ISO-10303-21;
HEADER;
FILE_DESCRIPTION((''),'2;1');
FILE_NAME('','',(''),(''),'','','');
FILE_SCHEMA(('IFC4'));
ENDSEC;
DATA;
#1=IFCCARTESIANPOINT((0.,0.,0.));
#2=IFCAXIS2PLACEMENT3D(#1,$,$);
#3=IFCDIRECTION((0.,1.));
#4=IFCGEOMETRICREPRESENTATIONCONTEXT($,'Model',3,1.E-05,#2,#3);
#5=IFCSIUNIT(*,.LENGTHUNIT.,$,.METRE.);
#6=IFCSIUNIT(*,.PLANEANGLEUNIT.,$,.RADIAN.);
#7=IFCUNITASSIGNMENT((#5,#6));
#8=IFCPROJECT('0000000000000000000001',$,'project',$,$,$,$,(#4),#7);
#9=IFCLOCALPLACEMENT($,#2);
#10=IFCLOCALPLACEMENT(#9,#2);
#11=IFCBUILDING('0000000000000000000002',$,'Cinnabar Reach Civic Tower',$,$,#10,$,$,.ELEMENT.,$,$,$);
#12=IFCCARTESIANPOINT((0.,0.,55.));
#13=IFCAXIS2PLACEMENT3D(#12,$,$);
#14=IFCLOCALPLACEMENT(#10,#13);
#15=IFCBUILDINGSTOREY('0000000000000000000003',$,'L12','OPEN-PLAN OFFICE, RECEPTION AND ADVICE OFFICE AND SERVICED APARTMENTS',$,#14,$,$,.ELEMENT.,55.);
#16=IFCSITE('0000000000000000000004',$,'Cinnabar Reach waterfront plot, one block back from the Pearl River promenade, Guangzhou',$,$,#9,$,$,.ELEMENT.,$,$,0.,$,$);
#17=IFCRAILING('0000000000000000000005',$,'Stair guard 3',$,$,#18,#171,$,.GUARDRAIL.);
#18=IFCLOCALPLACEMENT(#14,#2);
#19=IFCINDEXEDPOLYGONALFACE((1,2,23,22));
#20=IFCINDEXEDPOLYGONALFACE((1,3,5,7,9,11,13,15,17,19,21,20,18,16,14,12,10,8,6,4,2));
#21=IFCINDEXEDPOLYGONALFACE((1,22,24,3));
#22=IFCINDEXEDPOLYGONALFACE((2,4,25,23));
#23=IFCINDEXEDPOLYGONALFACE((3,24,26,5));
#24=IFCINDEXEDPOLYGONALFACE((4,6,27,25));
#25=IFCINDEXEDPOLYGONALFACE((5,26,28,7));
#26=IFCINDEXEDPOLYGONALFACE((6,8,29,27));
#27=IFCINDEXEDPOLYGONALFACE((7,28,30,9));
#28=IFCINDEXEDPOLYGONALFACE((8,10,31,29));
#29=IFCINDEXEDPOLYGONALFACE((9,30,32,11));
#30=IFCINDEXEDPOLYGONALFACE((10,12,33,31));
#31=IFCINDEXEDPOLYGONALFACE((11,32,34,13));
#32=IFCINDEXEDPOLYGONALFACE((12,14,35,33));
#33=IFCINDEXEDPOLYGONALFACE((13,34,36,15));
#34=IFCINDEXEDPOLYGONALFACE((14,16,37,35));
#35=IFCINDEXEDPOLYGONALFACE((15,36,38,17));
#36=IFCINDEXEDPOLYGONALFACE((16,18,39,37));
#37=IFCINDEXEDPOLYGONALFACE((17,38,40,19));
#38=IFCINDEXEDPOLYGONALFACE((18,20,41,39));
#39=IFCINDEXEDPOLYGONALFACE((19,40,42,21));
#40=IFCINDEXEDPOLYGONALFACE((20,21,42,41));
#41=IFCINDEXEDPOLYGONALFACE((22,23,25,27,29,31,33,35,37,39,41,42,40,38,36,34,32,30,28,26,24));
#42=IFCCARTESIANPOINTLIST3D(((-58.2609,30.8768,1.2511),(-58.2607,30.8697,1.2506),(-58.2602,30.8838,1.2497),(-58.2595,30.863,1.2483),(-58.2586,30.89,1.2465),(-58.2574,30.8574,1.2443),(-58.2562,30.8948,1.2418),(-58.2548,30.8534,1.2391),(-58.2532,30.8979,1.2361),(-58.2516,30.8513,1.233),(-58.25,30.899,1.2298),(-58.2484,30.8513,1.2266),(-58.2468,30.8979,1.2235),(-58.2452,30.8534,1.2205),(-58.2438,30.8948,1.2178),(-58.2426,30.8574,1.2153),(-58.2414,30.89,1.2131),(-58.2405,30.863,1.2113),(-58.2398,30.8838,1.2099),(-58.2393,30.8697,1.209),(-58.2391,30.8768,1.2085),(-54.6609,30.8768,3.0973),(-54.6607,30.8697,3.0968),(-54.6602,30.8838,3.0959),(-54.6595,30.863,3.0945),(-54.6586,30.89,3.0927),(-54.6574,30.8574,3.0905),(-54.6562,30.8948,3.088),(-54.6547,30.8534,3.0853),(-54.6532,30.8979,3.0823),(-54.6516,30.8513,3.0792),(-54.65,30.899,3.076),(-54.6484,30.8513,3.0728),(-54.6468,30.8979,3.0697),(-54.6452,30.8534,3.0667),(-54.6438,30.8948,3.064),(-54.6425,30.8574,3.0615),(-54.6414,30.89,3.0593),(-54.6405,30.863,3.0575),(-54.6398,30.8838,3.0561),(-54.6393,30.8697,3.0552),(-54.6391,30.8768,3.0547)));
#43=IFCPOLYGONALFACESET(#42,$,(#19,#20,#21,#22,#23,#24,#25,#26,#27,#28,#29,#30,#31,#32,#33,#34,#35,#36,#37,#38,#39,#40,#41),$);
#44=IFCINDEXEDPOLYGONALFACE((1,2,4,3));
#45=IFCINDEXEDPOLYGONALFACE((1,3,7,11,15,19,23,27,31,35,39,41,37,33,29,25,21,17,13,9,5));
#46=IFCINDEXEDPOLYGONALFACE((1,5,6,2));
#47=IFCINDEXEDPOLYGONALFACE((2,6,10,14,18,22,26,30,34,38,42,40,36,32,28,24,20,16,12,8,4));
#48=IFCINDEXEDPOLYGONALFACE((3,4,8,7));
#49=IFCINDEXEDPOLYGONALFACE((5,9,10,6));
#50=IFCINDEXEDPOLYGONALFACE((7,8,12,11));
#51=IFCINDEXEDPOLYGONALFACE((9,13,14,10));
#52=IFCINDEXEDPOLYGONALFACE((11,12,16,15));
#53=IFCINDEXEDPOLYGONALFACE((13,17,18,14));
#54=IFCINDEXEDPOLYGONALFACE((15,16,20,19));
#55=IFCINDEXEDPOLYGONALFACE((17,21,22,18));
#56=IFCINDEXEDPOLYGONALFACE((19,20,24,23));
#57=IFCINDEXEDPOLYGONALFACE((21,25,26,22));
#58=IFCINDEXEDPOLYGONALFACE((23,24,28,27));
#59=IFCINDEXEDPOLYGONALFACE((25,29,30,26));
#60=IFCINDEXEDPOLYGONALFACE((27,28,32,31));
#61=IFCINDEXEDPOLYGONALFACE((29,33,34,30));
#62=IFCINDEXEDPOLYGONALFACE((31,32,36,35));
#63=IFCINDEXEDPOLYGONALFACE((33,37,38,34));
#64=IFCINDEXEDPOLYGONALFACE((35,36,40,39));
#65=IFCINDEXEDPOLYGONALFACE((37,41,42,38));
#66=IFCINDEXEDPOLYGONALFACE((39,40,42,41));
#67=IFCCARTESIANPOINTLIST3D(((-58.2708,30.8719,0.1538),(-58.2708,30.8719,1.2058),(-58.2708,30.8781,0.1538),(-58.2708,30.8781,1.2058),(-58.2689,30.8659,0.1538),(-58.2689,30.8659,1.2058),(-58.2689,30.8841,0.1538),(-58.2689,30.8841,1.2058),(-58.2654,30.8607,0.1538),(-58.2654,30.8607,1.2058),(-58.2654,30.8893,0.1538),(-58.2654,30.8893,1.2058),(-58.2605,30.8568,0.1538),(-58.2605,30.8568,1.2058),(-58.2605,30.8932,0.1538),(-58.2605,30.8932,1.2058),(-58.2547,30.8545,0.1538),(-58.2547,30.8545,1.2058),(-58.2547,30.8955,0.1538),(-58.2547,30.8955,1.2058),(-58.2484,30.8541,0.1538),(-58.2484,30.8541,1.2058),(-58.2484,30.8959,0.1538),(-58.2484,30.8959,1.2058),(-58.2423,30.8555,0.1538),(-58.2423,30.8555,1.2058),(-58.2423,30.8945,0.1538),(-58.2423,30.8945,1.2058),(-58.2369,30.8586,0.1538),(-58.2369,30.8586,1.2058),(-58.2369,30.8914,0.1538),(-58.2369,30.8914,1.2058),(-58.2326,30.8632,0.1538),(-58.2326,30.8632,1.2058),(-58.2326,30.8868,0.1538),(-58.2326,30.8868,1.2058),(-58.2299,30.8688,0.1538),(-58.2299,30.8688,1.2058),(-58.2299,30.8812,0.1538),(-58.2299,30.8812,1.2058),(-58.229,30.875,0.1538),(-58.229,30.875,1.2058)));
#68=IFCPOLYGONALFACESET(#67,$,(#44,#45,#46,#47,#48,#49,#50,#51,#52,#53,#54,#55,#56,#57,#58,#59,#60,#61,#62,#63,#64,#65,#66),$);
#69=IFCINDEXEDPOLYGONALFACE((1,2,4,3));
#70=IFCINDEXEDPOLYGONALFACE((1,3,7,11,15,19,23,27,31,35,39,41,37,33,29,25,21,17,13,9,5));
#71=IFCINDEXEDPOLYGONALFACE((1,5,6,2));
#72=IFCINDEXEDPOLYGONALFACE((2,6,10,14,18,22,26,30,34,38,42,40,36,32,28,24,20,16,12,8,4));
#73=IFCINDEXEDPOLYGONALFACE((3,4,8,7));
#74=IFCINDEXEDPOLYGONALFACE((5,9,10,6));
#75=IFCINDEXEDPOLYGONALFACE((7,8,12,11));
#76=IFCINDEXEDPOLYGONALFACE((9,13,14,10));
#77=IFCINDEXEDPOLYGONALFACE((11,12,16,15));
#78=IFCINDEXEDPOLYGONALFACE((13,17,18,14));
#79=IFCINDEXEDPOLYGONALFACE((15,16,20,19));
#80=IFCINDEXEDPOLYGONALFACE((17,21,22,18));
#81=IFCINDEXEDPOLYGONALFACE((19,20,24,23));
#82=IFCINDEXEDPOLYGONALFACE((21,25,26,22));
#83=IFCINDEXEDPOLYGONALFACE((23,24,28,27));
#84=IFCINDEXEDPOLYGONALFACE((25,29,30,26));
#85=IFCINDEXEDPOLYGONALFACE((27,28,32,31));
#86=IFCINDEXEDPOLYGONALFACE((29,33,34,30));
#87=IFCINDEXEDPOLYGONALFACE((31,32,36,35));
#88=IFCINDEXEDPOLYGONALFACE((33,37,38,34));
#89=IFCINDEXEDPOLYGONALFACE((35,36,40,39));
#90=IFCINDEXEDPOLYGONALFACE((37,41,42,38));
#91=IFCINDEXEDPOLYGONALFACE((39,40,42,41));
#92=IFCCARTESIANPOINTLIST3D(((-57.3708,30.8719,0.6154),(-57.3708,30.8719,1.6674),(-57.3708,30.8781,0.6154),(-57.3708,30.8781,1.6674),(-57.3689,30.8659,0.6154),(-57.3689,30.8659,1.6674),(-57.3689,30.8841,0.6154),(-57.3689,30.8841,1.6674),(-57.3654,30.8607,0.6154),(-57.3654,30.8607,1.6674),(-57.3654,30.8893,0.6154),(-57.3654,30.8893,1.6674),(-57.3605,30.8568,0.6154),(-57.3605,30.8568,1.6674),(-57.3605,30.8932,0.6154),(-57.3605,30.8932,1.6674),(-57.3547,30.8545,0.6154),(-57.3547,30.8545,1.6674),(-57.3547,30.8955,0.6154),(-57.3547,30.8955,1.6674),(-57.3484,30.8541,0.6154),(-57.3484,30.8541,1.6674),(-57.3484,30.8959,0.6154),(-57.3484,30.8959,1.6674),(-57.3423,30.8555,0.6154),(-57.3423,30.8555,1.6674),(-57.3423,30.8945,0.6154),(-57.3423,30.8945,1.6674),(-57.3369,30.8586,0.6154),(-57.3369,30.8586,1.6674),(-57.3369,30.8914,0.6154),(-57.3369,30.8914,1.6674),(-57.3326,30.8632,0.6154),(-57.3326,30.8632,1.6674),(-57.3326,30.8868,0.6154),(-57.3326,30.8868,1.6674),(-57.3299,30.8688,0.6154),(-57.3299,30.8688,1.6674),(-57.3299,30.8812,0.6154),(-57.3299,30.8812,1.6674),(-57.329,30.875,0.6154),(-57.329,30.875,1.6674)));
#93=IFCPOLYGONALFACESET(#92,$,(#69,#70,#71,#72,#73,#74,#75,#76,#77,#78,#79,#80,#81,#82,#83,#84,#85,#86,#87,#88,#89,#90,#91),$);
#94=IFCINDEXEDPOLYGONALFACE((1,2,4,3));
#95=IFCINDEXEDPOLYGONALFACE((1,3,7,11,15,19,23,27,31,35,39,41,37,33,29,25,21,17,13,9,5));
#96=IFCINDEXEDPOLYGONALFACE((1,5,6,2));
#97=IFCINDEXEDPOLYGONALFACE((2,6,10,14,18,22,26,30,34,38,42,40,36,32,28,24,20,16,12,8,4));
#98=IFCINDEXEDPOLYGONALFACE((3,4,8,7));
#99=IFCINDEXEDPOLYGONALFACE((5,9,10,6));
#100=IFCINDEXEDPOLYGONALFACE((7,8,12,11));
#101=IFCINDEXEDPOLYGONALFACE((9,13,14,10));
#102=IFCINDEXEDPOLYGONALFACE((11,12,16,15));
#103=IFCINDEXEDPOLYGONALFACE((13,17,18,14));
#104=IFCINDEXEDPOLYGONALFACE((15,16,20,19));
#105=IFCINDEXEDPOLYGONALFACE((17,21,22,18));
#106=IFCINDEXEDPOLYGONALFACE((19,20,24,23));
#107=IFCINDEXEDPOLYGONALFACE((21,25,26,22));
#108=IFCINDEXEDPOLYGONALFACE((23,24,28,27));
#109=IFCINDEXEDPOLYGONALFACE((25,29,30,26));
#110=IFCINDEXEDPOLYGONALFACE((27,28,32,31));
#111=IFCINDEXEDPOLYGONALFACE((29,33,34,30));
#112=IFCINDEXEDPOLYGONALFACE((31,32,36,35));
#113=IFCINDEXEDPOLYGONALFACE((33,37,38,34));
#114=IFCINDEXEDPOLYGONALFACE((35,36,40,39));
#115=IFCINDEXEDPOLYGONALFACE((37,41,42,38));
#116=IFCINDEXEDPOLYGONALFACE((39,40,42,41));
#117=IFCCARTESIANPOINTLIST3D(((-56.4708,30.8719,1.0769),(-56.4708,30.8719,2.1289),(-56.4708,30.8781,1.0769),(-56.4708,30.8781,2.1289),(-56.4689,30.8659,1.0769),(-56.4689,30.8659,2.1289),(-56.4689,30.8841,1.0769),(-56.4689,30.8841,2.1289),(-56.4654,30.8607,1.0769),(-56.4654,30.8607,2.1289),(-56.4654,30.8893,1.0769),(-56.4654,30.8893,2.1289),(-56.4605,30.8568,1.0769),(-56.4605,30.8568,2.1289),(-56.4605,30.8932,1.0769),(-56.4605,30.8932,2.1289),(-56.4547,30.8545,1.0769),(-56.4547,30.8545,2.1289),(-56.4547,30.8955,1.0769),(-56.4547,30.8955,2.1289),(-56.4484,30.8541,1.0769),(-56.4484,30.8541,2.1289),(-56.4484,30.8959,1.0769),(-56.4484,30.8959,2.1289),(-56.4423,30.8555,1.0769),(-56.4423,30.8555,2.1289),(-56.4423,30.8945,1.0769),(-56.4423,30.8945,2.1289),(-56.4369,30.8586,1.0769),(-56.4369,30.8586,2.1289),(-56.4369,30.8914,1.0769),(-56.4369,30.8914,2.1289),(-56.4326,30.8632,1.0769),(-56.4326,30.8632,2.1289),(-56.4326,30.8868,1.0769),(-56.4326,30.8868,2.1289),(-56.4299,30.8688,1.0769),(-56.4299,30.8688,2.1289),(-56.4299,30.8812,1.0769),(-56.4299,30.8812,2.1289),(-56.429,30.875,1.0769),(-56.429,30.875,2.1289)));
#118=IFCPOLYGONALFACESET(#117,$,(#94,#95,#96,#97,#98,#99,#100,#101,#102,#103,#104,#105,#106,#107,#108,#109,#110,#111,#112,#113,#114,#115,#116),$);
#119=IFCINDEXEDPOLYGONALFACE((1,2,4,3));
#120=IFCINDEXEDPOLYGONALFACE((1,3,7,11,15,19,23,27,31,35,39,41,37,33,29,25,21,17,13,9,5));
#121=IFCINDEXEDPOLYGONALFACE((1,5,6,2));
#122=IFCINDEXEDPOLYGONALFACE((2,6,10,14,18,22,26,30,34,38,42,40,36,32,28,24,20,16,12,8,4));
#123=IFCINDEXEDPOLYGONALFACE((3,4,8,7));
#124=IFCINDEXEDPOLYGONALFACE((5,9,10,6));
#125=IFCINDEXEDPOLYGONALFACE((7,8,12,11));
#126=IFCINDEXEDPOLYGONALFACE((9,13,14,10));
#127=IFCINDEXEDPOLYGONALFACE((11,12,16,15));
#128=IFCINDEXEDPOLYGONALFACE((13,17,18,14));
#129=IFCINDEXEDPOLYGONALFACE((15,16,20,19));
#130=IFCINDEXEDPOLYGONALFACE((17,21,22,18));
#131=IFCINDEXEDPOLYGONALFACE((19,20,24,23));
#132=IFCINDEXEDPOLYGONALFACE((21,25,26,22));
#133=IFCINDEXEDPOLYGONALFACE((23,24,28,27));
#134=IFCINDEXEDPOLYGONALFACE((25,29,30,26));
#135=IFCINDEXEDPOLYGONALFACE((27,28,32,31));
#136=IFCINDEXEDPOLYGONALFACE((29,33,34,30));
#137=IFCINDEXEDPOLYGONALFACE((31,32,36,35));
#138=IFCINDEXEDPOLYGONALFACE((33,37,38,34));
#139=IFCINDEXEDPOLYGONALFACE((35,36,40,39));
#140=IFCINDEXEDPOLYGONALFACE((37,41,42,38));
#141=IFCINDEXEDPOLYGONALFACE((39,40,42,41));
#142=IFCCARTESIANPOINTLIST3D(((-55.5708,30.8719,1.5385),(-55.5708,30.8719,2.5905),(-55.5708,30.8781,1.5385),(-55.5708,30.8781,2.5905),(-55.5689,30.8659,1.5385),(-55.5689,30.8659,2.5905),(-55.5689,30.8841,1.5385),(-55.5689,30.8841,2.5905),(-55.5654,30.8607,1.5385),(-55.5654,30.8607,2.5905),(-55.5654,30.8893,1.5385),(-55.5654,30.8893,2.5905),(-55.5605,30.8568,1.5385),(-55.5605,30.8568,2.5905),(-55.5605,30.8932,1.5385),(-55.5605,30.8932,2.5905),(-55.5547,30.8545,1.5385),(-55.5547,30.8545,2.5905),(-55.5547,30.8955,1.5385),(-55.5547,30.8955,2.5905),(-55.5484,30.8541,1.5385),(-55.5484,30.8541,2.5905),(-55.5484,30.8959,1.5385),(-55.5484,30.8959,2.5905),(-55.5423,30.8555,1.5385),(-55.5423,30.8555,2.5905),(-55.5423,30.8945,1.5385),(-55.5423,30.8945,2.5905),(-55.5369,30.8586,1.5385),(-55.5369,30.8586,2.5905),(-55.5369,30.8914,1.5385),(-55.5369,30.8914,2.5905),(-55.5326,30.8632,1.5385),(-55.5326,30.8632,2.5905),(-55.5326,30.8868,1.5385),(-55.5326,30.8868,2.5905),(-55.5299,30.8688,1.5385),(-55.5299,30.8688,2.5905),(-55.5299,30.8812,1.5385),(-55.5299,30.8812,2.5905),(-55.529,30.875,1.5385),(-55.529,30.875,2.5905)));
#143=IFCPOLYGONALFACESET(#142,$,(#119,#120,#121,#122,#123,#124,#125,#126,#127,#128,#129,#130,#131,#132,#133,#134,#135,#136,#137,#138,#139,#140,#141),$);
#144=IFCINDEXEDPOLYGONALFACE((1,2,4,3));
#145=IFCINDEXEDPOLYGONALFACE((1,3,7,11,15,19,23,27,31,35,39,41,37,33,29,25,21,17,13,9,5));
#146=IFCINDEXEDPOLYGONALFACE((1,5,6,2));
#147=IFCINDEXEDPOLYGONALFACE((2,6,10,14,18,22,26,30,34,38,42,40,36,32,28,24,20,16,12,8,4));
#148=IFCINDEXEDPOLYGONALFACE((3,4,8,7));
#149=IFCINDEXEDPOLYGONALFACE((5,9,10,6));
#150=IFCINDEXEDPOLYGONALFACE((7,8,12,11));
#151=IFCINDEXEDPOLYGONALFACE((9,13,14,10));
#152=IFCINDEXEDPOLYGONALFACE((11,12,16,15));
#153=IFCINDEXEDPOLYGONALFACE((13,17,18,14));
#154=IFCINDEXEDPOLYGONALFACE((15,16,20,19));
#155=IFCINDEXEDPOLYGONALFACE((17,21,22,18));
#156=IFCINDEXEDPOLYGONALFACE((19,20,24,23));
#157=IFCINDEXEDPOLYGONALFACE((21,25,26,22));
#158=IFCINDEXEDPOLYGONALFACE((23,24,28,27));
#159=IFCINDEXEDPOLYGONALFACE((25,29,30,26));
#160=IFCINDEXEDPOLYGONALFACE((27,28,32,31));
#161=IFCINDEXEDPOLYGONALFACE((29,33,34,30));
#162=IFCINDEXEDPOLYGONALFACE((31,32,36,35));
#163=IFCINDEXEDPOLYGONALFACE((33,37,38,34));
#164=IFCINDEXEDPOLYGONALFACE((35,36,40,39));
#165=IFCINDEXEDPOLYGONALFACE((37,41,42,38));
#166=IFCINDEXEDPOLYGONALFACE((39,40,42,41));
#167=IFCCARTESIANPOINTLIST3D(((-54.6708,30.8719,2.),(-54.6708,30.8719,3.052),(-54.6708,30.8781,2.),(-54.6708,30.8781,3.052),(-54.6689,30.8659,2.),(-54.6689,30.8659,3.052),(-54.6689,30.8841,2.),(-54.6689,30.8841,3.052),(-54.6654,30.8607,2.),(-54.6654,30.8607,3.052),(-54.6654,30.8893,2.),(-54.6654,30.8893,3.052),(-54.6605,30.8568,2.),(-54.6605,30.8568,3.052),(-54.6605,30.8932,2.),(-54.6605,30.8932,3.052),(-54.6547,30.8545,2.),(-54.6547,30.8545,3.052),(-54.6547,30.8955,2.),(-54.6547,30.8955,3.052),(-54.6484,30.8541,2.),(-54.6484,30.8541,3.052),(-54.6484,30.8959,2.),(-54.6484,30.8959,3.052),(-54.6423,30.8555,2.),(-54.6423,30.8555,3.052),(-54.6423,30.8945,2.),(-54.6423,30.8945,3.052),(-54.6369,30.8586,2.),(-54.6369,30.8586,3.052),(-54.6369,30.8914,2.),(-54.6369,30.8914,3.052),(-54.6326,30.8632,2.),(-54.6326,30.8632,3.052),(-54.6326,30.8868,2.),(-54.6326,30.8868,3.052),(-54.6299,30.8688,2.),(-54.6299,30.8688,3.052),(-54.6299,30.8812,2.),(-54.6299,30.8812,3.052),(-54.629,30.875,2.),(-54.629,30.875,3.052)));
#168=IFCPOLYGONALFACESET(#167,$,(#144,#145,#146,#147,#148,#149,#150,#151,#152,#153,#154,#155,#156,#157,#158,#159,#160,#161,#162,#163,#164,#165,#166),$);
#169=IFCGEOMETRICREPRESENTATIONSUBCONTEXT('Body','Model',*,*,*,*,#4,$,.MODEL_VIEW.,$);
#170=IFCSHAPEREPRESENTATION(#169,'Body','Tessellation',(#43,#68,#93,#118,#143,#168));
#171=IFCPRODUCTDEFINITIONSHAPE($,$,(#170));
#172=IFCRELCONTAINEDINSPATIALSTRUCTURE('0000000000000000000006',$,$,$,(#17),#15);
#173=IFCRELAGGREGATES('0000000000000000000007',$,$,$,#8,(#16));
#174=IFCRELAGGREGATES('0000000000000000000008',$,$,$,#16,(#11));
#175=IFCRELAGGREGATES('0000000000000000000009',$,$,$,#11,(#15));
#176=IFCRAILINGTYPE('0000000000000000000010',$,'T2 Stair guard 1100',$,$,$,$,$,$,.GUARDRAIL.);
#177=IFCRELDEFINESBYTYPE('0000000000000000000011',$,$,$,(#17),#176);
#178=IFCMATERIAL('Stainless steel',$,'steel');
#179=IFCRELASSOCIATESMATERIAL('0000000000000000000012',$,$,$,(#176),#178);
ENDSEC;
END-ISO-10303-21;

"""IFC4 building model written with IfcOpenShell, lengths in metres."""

from ifc_helpers import new_model, si_unit, direction, frame, origin, origin_2d, place, context, subcontext, project, spatial, circle, extrude, material, type_object, element, save


model = new_model("IFC4")

# Units and contexts
model_context = context("Model", 3, precision=1e-05, world=origin(), true_north=direction((0.0, 1.0)))
body_context = subcontext(model_context, "Body", "Model", "MODEL_VIEW")
ifc_project = project(units=[si_unit("LENGTHUNIT", "METRE"), si_unit("PLANEANGLEUNIT", "RADIAN")], contexts=[model_context])

# Site, building, storey
site_placement = place(None, origin())
site = spatial("IfcSite", under=ifc_project, at=site_placement, Name="Cinnabar Reach waterfront plot, one block back from the Pearl River promenade, Guangzhou", CompositionType="ELEMENT", RefElevation=0.0)
building_placement = place(site_placement, origin())
building = spatial("IfcBuilding", under=site, at=building_placement, Name="Cinnabar Reach Civic Tower", CompositionType="ELEMENT")
storey_placement = place(building_placement, frame((0.0, 0.0, 55.0)))
storey = spatial("IfcBuildingStorey", under=building, at=storey_placement, Name="L12", Description="OPEN-PLAN OFFICE, RECEPTION AND ADVICE OFFICE AND SERVICED APARTMENTS", CompositionType="ELEMENT", Elevation=55.0)

# Railing
ifc_material_1 = material(Name="Stainless steel", Category="steel")
railing_type = type_object("IfcRailingType", Name="T2 Stair guard 1100", PredefinedType="GUARDRAIL", material=ifc_material_1)
railing_1_placement = place(storey_placement, frame((-58.25, 30.875, 0.1538)))
element("IfcRailing", 1, at=railing_1_placement, inside=storey, type_object=railing_type, Name="Stair guard 3", PredefinedType="GUARDRAIL", context=body_context, shape_type="SweptSolid", body=[
    extrude(circle(Radius=0.024, at=origin_2d()), frame((0.0, 0.0, 1.076), z_axis=(0.889813, 0.0, 0.456326), x_axis=(0.0, 1.0, 0.0)), (0.0, 0.0, 1.0), 4.0458),
    extrude(circle(Radius=0.021, at=origin_2d()), origin(), (0.0, 0.0, 1.0), 1.052),
    extrude(circle(Radius=0.021, at=origin_2d()), frame((0.9, 0.0, 0.4616)), (0.0, 0.0, 1.0), 1.052),
    extrude(circle(Radius=0.021, at=origin_2d()), frame((1.8, 0.0, 0.9231)), (0.0, 0.0, 1.0), 1.052),
    extrude(circle(Radius=0.021, at=origin_2d()), frame((2.7, 0.0, 1.3847)), (0.0, 0.0, 1.0), 1.052),
    extrude(circle(Radius=0.021, at=origin_2d()), frame((3.6, 0.0, 1.8462)), (0.0, 0.0, 1.0), 1.052),
])

save(model, "model.ifc")
